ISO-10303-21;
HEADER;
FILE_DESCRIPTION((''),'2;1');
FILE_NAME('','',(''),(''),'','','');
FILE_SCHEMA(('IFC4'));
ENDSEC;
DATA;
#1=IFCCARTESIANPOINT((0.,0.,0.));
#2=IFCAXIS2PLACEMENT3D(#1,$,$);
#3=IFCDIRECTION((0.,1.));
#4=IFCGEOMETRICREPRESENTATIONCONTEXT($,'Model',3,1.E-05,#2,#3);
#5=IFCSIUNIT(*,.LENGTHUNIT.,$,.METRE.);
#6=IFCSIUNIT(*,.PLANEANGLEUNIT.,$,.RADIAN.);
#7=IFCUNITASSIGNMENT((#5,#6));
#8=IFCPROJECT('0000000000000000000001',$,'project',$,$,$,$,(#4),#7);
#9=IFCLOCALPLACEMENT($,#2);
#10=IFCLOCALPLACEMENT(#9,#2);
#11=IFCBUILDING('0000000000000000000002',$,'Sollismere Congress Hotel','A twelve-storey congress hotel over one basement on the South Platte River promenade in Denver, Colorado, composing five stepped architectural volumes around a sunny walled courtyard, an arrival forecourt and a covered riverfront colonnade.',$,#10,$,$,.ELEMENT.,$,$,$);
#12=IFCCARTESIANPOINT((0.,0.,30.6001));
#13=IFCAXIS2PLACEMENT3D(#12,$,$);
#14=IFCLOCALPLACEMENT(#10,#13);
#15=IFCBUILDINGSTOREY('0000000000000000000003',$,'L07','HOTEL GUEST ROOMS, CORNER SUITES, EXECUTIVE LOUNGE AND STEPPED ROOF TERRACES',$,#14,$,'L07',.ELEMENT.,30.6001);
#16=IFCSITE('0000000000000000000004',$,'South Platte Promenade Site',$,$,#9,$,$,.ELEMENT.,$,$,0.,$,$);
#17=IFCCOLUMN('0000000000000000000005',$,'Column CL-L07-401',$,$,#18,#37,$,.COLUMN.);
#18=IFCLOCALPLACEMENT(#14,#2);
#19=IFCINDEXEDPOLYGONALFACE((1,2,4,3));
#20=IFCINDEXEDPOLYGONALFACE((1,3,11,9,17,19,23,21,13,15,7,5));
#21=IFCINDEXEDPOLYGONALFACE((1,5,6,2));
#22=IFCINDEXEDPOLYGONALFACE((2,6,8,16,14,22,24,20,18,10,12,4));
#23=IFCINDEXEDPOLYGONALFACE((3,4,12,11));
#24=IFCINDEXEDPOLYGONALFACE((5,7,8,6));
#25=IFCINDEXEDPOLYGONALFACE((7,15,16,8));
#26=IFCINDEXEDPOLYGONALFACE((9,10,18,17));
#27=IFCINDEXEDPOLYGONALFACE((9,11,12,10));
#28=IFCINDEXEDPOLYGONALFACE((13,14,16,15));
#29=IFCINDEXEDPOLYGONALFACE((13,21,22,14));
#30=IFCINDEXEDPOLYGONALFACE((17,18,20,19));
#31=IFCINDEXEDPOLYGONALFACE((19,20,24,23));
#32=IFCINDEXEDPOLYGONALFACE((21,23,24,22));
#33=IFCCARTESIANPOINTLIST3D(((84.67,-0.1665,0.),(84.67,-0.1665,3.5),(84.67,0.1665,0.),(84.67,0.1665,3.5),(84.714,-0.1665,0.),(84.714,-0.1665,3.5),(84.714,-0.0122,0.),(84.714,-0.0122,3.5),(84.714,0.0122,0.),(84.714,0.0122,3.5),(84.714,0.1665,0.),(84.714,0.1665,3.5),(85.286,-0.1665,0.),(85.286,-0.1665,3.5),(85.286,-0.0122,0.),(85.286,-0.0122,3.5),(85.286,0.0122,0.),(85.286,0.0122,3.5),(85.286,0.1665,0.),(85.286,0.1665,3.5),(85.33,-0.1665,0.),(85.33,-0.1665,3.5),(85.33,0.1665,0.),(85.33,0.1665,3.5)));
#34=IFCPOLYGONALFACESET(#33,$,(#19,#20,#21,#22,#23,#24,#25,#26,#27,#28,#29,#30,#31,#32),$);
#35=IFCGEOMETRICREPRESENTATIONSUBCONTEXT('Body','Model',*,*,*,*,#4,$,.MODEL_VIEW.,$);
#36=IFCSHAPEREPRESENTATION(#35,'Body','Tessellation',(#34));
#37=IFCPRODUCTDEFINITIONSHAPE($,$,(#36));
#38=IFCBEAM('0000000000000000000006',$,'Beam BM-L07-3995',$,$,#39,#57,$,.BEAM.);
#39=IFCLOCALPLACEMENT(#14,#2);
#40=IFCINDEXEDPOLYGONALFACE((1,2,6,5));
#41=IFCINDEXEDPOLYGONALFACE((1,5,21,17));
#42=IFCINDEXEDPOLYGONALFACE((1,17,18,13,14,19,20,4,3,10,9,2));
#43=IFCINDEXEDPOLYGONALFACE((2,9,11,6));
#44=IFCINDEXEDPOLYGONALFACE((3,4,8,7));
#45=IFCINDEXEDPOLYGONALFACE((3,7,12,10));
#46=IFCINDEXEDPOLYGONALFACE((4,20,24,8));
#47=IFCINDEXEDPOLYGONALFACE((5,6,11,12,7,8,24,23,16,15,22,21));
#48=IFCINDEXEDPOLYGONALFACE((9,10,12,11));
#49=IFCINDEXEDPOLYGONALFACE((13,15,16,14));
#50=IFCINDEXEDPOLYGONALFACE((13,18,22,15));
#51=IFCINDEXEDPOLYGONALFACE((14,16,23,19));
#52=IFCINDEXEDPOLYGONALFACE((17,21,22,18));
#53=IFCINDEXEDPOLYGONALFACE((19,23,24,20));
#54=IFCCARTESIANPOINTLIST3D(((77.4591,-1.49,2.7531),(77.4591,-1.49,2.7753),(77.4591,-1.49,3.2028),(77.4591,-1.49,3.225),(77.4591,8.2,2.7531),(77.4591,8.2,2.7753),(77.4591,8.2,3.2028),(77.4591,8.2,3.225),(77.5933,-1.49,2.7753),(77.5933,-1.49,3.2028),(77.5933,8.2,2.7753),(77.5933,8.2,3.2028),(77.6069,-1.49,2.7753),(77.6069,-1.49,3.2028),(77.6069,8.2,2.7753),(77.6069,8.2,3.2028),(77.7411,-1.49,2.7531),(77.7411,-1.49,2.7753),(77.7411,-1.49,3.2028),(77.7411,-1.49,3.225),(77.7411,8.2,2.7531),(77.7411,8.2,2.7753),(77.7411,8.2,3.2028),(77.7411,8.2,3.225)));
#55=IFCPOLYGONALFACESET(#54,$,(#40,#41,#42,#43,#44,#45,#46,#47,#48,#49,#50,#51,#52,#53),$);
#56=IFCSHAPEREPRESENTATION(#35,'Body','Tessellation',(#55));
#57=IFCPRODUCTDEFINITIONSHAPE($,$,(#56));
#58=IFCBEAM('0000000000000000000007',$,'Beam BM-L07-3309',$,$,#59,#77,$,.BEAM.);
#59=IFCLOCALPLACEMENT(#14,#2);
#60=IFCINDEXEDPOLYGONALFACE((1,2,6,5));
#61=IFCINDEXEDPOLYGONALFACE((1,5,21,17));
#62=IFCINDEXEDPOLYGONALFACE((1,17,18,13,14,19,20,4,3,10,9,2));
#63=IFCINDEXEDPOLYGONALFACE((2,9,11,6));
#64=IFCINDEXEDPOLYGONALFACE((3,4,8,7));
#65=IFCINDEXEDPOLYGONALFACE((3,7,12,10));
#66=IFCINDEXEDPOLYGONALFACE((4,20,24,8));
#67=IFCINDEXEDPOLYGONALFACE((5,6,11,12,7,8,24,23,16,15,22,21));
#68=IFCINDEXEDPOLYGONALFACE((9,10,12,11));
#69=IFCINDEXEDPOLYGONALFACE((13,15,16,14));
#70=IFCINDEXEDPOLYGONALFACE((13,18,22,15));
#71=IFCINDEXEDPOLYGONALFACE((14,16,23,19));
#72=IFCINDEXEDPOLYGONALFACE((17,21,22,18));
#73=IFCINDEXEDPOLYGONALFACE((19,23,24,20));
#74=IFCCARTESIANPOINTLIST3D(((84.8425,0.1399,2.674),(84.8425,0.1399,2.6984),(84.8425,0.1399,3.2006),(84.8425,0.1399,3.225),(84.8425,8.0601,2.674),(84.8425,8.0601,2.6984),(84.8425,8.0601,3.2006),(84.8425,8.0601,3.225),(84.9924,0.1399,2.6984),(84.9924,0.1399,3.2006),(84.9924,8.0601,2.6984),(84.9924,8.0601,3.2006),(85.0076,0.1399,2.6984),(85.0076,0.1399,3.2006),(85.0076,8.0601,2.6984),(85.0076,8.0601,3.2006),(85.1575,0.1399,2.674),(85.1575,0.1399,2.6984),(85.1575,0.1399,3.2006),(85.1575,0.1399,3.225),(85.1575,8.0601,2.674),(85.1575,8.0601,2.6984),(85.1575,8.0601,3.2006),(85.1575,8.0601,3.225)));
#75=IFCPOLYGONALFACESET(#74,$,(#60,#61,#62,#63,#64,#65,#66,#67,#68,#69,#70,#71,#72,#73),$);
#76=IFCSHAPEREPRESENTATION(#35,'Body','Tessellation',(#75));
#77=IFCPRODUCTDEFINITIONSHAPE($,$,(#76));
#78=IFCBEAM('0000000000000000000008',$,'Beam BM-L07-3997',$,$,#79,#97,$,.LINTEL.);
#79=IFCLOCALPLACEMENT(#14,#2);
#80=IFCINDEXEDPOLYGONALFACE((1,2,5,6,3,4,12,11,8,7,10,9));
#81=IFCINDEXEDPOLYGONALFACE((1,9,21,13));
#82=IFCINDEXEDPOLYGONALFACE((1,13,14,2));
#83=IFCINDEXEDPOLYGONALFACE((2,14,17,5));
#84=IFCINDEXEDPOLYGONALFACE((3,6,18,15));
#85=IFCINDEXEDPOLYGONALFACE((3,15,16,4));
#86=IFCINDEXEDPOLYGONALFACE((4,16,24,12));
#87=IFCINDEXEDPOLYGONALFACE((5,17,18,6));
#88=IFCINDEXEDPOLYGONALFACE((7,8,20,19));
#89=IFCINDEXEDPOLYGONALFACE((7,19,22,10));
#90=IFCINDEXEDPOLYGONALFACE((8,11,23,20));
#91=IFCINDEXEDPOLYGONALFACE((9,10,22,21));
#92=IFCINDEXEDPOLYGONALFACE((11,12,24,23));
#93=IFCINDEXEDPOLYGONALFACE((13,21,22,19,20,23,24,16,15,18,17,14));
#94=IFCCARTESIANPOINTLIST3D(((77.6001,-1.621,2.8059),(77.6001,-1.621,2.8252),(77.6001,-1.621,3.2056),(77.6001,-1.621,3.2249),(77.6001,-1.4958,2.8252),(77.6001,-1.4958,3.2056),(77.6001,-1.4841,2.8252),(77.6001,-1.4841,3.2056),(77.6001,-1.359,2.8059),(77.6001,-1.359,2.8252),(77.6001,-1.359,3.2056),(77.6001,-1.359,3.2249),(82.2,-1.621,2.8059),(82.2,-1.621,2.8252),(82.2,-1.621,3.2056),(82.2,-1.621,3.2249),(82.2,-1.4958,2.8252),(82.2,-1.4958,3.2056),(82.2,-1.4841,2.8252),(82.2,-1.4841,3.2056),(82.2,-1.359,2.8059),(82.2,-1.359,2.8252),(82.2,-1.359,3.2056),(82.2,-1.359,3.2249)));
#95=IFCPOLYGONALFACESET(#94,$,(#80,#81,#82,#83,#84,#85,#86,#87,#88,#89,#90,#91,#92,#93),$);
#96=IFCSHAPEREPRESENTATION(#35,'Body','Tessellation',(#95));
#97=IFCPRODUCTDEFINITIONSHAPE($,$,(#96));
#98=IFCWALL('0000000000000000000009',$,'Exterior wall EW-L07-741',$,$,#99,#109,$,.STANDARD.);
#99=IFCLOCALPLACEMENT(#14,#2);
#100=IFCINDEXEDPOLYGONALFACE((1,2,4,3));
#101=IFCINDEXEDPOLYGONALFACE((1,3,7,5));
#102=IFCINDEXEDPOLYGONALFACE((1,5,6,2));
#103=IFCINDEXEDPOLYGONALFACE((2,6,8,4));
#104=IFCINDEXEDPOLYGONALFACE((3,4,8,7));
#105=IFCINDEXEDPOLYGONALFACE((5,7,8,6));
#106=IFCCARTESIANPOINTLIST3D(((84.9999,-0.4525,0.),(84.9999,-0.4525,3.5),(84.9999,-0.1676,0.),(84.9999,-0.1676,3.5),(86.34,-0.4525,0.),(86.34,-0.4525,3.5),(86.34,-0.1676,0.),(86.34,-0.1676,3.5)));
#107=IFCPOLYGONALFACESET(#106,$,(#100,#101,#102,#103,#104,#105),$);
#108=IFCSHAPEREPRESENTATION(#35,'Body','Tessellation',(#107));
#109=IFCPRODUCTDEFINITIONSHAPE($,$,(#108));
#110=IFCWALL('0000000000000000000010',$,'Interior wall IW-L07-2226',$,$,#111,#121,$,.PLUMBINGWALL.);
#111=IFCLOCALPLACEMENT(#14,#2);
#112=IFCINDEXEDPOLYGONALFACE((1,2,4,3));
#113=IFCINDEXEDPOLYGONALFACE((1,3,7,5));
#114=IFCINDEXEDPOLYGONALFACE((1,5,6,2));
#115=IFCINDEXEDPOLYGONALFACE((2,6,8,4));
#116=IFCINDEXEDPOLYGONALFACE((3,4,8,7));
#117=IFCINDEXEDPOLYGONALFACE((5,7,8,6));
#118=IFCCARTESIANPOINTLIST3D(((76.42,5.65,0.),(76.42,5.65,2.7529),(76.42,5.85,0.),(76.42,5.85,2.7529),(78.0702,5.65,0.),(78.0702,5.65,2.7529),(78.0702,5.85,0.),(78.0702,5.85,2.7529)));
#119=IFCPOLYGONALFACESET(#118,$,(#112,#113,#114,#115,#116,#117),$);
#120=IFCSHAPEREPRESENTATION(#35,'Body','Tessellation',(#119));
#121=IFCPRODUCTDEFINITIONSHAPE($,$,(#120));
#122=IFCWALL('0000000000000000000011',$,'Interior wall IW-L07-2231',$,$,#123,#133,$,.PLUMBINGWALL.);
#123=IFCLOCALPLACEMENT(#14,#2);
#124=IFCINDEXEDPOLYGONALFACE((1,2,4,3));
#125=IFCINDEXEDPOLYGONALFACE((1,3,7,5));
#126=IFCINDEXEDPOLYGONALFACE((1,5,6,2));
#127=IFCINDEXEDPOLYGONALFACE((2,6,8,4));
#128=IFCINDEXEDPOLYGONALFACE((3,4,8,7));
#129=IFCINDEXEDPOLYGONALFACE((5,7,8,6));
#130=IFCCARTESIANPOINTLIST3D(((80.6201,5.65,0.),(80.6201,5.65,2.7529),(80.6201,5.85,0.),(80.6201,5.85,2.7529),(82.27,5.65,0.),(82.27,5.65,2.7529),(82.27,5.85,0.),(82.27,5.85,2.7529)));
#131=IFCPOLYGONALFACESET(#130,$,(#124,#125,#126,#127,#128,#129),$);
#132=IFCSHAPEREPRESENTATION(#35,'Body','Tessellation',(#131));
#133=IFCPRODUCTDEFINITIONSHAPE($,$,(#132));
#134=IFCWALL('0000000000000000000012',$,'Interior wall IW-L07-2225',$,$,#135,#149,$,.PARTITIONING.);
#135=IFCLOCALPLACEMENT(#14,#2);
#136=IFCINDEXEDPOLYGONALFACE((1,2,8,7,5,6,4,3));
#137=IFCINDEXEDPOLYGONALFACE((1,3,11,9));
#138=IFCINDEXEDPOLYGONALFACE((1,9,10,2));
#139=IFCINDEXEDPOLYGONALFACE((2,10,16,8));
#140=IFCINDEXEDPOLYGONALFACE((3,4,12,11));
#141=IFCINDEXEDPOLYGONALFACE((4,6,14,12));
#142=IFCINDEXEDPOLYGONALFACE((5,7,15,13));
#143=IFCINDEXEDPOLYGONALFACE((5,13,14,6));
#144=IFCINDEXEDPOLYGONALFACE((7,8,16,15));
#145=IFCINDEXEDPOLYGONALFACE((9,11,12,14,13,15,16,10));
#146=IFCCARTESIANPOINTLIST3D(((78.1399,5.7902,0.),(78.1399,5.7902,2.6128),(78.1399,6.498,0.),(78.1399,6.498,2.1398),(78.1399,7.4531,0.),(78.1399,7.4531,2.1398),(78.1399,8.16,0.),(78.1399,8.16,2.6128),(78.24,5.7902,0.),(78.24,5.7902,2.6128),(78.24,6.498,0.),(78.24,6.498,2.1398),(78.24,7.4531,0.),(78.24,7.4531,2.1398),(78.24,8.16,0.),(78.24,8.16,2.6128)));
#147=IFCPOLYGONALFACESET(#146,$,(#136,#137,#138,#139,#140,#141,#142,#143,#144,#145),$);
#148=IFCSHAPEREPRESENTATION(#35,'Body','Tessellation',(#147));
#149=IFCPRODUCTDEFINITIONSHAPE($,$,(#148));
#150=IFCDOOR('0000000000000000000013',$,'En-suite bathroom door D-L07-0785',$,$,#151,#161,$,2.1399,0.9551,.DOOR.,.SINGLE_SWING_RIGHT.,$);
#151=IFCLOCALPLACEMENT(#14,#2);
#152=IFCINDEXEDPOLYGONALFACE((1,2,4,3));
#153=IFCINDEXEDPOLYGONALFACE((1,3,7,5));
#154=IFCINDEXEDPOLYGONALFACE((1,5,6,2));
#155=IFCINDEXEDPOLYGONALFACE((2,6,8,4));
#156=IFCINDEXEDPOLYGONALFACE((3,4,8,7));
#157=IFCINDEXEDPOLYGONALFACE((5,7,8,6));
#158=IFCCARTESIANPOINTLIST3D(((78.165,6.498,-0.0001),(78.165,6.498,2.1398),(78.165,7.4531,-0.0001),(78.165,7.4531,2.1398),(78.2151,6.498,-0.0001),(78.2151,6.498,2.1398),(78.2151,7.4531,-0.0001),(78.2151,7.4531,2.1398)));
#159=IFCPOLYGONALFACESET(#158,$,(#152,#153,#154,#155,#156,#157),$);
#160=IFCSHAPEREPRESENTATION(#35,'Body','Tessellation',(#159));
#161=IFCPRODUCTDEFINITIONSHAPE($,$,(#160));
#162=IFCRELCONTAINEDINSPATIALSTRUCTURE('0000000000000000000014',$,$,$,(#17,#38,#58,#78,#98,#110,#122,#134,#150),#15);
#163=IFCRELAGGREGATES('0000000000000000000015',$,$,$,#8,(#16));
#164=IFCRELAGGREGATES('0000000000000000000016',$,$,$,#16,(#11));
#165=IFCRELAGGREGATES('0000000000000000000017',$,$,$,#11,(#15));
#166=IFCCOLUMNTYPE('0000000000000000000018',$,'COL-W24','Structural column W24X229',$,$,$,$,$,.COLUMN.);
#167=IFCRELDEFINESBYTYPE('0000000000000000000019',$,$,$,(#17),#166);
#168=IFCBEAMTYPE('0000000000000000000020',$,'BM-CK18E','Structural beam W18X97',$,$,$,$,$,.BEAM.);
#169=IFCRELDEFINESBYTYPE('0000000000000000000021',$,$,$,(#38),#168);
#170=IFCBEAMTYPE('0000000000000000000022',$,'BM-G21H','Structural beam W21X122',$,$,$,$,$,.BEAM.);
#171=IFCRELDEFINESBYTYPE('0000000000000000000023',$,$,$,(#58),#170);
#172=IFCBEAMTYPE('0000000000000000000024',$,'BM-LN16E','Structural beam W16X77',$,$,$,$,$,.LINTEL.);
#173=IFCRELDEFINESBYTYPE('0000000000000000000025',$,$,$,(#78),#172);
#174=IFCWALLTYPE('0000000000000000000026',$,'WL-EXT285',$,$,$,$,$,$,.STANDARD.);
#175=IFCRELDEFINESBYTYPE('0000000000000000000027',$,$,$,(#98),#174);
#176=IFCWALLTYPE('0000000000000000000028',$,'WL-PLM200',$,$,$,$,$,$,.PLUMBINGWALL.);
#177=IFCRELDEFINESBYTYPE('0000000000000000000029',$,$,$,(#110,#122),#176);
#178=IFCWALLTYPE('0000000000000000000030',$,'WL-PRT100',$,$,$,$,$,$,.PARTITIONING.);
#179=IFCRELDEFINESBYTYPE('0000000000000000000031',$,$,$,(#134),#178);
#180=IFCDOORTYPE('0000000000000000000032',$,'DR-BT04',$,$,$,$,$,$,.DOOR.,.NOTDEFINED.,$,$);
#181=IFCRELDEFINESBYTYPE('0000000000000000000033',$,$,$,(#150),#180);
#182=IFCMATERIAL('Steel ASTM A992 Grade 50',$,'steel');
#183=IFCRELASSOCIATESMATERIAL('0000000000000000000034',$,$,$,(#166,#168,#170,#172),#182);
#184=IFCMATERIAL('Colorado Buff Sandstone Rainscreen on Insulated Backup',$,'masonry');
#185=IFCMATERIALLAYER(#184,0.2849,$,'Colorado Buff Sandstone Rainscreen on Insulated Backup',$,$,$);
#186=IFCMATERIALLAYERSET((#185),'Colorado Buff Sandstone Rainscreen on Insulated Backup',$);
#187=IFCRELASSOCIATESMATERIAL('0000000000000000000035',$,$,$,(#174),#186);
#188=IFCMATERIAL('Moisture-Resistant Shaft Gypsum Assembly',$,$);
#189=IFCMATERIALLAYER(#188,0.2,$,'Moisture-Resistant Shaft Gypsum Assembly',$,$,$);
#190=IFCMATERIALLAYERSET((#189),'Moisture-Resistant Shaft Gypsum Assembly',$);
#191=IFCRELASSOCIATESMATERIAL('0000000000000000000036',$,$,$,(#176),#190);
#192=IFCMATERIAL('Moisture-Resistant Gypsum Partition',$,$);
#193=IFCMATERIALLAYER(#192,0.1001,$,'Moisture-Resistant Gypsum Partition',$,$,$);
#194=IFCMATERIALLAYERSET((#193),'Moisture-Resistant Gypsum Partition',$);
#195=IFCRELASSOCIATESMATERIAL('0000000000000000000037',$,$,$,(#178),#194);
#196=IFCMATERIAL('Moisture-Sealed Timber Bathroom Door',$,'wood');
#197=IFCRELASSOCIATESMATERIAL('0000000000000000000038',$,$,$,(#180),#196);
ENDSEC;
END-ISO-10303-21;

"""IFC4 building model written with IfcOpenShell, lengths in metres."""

from ifc_helpers import new_model, si_unit, direction, frame, frame_2d, origin, origin_2d, place, context, subcontext, project, spatial, rectangle, i_section, extrude, material, layer, layer_set, material_profile, profile_set, type_object, element, fill, save


model = new_model("IFC4")

# Units and contexts
model_context = context("Model", 3, precision=1e-05, world=origin(), true_north=direction((0.0, 1.0)))
body_context = subcontext(model_context, "Body", "Model", "MODEL_VIEW")
ifc_project = project(units=[si_unit("LENGTHUNIT", "METRE"), si_unit("PLANEANGLEUNIT", "RADIAN")], contexts=[model_context])

# Site, building, storey
site_placement = place(None, origin())
site = spatial("IfcSite", under=ifc_project, at=site_placement, Name="South Platte Promenade Site", CompositionType="ELEMENT", RefElevation=0.0)
building_placement = place(site_placement, origin())
building = spatial("IfcBuilding", under=site, at=building_placement, Name="Sollismere Congress Hotel", Description="A twelve-storey congress hotel over one basement on the South Platte River promenade in Denver, Colorado, composing five stepped architectural volumes around a sunny walled courtyard, an arrival forecourt and a covered riverfront colonnade.", CompositionType="ELEMENT")
storey_placement = place(building_placement, frame((0.0, 0.0, 30.6001)))
storey = spatial("IfcBuildingStorey", under=building, at=storey_placement, Name="L07", Description="HOTEL GUEST ROOMS, CORNER SUITES, EXECUTIVE LOUNGE AND STEPPED ROOF TERRACES", LongName="L07", CompositionType="ELEMENT", Elevation=30.6001)

# Column
ifc_material_1 = material(Name="Steel ASTM A992 Grade 50", Category="steel")
ifc_material_profile_1 = material_profile(ifc_material_1, i_section(OverallWidth=0.333, OverallDepth=0.6599, WebThickness=0.0244, FlangeThickness=0.0439, at=origin_2d()), Name="W24X229")
ifc_profile_set_1 = profile_set([ifc_material_profile_1], Name="Steel ASTM A992 Grade 50")
column_type = type_object("IfcColumnType", Name="COL-W24", Description="Structural column W24X229", PredefinedType="COLUMN", material=ifc_profile_set_1)
column_placement = place(storey_placement, frame((85.0, 0.0, 0.0), z_axis=(0.0, 0.0, 1.0), x_axis=(0.0, 1.0, 0.0)))
element("IfcColumn", 1, at=column_placement, inside=storey, type_object=column_type, Name="Column CL-L07-401", PredefinedType="COLUMN", context=body_context, shape_type="SweptSolid", body=[
    extrude(i_section(OverallWidth=0.333, OverallDepth=0.6599, WebThickness=0.0244, FlangeThickness=0.0439, at=origin_2d()), origin(), (0.0, 0.0, 1.0), 3.5),
])

# Beams
ifc_material_profile_2 = material_profile(ifc_material_1, i_section(OverallWidth=0.282, OverallDepth=0.4719, WebThickness=0.0137, FlangeThickness=0.0222, at=origin_2d()), Name="W18X97")
ifc_profile_set_2 = profile_set([ifc_material_profile_2], Name="Steel ASTM A992 Grade 50")
beam_type_1 = type_object("IfcBeamType", Name="BM-CK18E", Description="Structural beam W18X97", PredefinedType="BEAM", material=ifc_profile_set_2)
beam_1_placement = place(storey_placement, frame((77.6001, 8.2, 2.989), z_axis=(0.0, -1.0, 0.0), x_axis=(1.0, 0.0, 0.0)))
element("IfcBeam", 2, at=beam_1_placement, inside=storey, type_object=beam_type_1, Name="Beam BM-L07-3995", PredefinedType="BEAM", context=body_context, shape_type="SweptSolid", body=[
    extrude(i_section(OverallWidth=0.282, OverallDepth=0.4719, WebThickness=0.0137, FlangeThickness=0.0222, at=origin_2d()), origin(), (0.0, 0.0, 1.0), 9.6899),
])
ifc_material_profile_3 = material_profile(ifc_material_1, i_section(OverallWidth=0.3149, OverallDepth=0.551, WebThickness=0.0151, FlangeThickness=0.0244, at=origin_2d()), Name="W21X122")
ifc_profile_set_3 = profile_set([ifc_material_profile_3], Name="Steel ASTM A992 Grade 50")
beam_type_2 = type_object("IfcBeamType", Name="BM-G21H", Description="Structural beam W21X122", PredefinedType="BEAM", material=ifc_profile_set_3)
beam_2_placement = place(storey_placement, frame((85.0, 0.1399, 2.9495), z_axis=(0.0, 1.0, 0.0), x_axis=(-1.0, 0.0, 0.0)))
element("IfcBeam", 3, at=beam_2_placement, inside=storey, type_object=beam_type_2, Name="Beam BM-L07-3309", PredefinedType="BEAM", context=body_context, shape_type="SweptSolid", body=[
    extrude(i_section(OverallWidth=0.3149, OverallDepth=0.551, WebThickness=0.0151, FlangeThickness=0.0244, at=origin_2d()), origin(), (0.0, 0.0, 1.0), 7.9202),
])
ifc_material_profile_4 = material_profile(ifc_material_1, i_section(OverallWidth=0.262, OverallDepth=0.4189, WebThickness=0.0117, FlangeThickness=0.0193, at=origin_2d()), Name="W16X77")
ifc_profile_set_4 = profile_set([ifc_material_profile_4], Name="Steel ASTM A992 Grade 50")
beam_type_3 = type_object("IfcBeamType", Name="BM-LN16E", Description="Structural beam W16X77", PredefinedType="LINTEL", material=ifc_profile_set_4)
beam_3_placement = place(storey_placement, frame((77.6001, -1.49, 3.0154), z_axis=(1.0, 0.0, 0.0), x_axis=(0.0, 1.0, 0.0)))
element("IfcBeam", 4, at=beam_3_placement, inside=storey, type_object=beam_type_3, Name="Beam BM-L07-3997", PredefinedType="LINTEL", context=body_context, shape_type="SweptSolid", body=[
    extrude(i_section(OverallWidth=0.262, OverallDepth=0.4189, WebThickness=0.0117, FlangeThickness=0.0193, at=origin_2d()), origin(), (0.0, 0.0, 1.0), 4.5999),
])

# Walls
ifc_material_2 = material(Name="Colorado Buff Sandstone Rainscreen on Insulated Backup", Category="masonry")
ifc_layer_1 = layer(ifc_material_2, 0.2849, Name="Colorado Buff Sandstone Rainscreen on Insulated Backup")
ifc_layer_set_1 = layer_set([ifc_layer_1], Name="Colorado Buff Sandstone Rainscreen on Insulated Backup")
wall_type_1 = type_object("IfcWallType", Name="WL-EXT285", PredefinedType="STANDARD", material=ifc_layer_set_1)
wall_1_placement = place(storey_placement, frame((85.0, -0.3101, 0.0), z_axis=(0.0, 0.0, 1.0), x_axis=(1.0, 0.0, 0.0)))
element("IfcWall", 5, at=wall_1_placement, inside=storey, type_object=wall_type_1, Name="Exterior wall EW-L07-741", PredefinedType="STANDARD", context=body_context, shape_type="SweptSolid", body=[
    extrude(rectangle(XDim=1.3401, YDim=0.2849, at=frame_2d((0.6699, 0.0))), origin(), (0.0, 0.0, 1.0), 3.5),
])
ifc_material_3 = material(Name="Moisture-Resistant Shaft Gypsum Assembly")
ifc_layer_2 = layer(ifc_material_3, 0.2, Name="Moisture-Resistant Shaft Gypsum Assembly")
ifc_layer_set_2 = layer_set([ifc_layer_2], Name="Moisture-Resistant Shaft Gypsum Assembly")
wall_type_2 = type_object("IfcWallType", Name="WL-PLM200", PredefinedType="PLUMBINGWALL", material=ifc_layer_set_2)
wall_2_placement = place(storey_placement, frame((76.4199, 5.75, 0.0), z_axis=(0.0, 0.0, 1.0), x_axis=(1.0, 0.0, 0.0)))
element("IfcWall", 6, at=wall_2_placement, inside=storey, type_object=wall_type_2, Name="Interior wall IW-L07-2226", PredefinedType="PLUMBINGWALL", context=body_context, shape_type="SweptSolid", body=[
    extrude(rectangle(XDim=1.6501, YDim=0.2, at=frame_2d((0.8252, 0.0))), origin(), (0.0, 0.0, 1.0), 2.7529),
])
wall_3_placement = place(storey_placement, frame((80.6201, 5.75, 0.0), z_axis=(0.0, 0.0, 1.0), x_axis=(1.0, 0.0, 0.0)))
element("IfcWall", 7, at=wall_3_placement, inside=storey, type_object=wall_type_2, Name="Interior wall IW-L07-2231", PredefinedType="PLUMBINGWALL", context=body_context, shape_type="SweptSolid", body=[
    extrude(rectangle(XDim=1.6499, YDim=0.2, at=frame_2d((0.825, 0.0))), origin(), (0.0, 0.0, 1.0), 2.7529),
])

# Wall, opening, door
ifc_material_4 = material(Name="Moisture-Resistant Gypsum Partition")
ifc_layer_3 = layer(ifc_material_4, 0.1001, Name="Moisture-Resistant Gypsum Partition")
ifc_layer_set_3 = layer_set([ifc_layer_3], Name="Moisture-Resistant Gypsum Partition")
wall_type_3 = type_object("IfcWallType", Name="WL-PRT100", PredefinedType="PARTITIONING", material=ifc_layer_set_3)
wall_4_placement = place(storey_placement, frame((78.1899, 5.79, 0.0), z_axis=(0.0, 0.0, 1.0), x_axis=(0.0, 1.0, 0.0)))
wall_4 = element("IfcWall", 8, at=wall_4_placement, inside=storey, type_object=wall_type_3, Name="Interior wall IW-L07-2225", PredefinedType="PARTITIONING", context=body_context, shape_type="SweptSolid", body=[
    extrude(rectangle(XDim=2.3699, YDim=0.1001, at=frame_2d((1.1851, 0.0))), origin(), (0.0, 0.0, 1.0), 2.6128),
])
opening_1_placement = place(wall_4_placement, frame((0.708, 0.0, 0.0)))
opening_1 = element("IfcOpeningElement", 9, at=opening_1_placement, cuts=wall_4, PredefinedType="OPENING", context=body_context, shape_type="SweptSolid", body=[
    extrude(rectangle(XDim=0.9551, YDim=2.1399, at=frame_2d((0.4775, 1.0698))), frame((0.0, 0.0601, 0.0), z_axis=(0.0, -1.0, 0.0), x_axis=(1.0, 0.0, 0.0)), (0.0, 0.0, 1.0), 0.1201),
])
ifc_material_5 = material(Name="Moisture-Sealed Timber Bathroom Door", Category="wood")
door_type_1 = type_object("IfcDoorType", Name="DR-BT04", OperationType="NOTDEFINED", PredefinedType="DOOR", material=ifc_material_5)
door_1_placement = place(opening_1_placement, origin())
door_1 = element("IfcDoor", 10, at=door_1_placement, inside=storey, type_object=door_type_1, Name="En-suite bathroom door D-L07-0785", OperationType="SINGLE_SWING_RIGHT", OverallHeight=2.1399, OverallWidth=0.9551, PredefinedType="DOOR", context=body_context, shape_type="SweptSolid", body=[
    extrude(rectangle(XDim=0.9551, YDim=2.1399, at=frame_2d((0.4775, 1.0698))), frame((0.0, 0.0249, 0.0), z_axis=(0.0, -1.0, 0.0), x_axis=(1.0, 0.0, 0.0)), (0.0, 0.0, 1.0), 0.05),
])
fill(opening_1, door_1)

save(model, "model.ifc")
